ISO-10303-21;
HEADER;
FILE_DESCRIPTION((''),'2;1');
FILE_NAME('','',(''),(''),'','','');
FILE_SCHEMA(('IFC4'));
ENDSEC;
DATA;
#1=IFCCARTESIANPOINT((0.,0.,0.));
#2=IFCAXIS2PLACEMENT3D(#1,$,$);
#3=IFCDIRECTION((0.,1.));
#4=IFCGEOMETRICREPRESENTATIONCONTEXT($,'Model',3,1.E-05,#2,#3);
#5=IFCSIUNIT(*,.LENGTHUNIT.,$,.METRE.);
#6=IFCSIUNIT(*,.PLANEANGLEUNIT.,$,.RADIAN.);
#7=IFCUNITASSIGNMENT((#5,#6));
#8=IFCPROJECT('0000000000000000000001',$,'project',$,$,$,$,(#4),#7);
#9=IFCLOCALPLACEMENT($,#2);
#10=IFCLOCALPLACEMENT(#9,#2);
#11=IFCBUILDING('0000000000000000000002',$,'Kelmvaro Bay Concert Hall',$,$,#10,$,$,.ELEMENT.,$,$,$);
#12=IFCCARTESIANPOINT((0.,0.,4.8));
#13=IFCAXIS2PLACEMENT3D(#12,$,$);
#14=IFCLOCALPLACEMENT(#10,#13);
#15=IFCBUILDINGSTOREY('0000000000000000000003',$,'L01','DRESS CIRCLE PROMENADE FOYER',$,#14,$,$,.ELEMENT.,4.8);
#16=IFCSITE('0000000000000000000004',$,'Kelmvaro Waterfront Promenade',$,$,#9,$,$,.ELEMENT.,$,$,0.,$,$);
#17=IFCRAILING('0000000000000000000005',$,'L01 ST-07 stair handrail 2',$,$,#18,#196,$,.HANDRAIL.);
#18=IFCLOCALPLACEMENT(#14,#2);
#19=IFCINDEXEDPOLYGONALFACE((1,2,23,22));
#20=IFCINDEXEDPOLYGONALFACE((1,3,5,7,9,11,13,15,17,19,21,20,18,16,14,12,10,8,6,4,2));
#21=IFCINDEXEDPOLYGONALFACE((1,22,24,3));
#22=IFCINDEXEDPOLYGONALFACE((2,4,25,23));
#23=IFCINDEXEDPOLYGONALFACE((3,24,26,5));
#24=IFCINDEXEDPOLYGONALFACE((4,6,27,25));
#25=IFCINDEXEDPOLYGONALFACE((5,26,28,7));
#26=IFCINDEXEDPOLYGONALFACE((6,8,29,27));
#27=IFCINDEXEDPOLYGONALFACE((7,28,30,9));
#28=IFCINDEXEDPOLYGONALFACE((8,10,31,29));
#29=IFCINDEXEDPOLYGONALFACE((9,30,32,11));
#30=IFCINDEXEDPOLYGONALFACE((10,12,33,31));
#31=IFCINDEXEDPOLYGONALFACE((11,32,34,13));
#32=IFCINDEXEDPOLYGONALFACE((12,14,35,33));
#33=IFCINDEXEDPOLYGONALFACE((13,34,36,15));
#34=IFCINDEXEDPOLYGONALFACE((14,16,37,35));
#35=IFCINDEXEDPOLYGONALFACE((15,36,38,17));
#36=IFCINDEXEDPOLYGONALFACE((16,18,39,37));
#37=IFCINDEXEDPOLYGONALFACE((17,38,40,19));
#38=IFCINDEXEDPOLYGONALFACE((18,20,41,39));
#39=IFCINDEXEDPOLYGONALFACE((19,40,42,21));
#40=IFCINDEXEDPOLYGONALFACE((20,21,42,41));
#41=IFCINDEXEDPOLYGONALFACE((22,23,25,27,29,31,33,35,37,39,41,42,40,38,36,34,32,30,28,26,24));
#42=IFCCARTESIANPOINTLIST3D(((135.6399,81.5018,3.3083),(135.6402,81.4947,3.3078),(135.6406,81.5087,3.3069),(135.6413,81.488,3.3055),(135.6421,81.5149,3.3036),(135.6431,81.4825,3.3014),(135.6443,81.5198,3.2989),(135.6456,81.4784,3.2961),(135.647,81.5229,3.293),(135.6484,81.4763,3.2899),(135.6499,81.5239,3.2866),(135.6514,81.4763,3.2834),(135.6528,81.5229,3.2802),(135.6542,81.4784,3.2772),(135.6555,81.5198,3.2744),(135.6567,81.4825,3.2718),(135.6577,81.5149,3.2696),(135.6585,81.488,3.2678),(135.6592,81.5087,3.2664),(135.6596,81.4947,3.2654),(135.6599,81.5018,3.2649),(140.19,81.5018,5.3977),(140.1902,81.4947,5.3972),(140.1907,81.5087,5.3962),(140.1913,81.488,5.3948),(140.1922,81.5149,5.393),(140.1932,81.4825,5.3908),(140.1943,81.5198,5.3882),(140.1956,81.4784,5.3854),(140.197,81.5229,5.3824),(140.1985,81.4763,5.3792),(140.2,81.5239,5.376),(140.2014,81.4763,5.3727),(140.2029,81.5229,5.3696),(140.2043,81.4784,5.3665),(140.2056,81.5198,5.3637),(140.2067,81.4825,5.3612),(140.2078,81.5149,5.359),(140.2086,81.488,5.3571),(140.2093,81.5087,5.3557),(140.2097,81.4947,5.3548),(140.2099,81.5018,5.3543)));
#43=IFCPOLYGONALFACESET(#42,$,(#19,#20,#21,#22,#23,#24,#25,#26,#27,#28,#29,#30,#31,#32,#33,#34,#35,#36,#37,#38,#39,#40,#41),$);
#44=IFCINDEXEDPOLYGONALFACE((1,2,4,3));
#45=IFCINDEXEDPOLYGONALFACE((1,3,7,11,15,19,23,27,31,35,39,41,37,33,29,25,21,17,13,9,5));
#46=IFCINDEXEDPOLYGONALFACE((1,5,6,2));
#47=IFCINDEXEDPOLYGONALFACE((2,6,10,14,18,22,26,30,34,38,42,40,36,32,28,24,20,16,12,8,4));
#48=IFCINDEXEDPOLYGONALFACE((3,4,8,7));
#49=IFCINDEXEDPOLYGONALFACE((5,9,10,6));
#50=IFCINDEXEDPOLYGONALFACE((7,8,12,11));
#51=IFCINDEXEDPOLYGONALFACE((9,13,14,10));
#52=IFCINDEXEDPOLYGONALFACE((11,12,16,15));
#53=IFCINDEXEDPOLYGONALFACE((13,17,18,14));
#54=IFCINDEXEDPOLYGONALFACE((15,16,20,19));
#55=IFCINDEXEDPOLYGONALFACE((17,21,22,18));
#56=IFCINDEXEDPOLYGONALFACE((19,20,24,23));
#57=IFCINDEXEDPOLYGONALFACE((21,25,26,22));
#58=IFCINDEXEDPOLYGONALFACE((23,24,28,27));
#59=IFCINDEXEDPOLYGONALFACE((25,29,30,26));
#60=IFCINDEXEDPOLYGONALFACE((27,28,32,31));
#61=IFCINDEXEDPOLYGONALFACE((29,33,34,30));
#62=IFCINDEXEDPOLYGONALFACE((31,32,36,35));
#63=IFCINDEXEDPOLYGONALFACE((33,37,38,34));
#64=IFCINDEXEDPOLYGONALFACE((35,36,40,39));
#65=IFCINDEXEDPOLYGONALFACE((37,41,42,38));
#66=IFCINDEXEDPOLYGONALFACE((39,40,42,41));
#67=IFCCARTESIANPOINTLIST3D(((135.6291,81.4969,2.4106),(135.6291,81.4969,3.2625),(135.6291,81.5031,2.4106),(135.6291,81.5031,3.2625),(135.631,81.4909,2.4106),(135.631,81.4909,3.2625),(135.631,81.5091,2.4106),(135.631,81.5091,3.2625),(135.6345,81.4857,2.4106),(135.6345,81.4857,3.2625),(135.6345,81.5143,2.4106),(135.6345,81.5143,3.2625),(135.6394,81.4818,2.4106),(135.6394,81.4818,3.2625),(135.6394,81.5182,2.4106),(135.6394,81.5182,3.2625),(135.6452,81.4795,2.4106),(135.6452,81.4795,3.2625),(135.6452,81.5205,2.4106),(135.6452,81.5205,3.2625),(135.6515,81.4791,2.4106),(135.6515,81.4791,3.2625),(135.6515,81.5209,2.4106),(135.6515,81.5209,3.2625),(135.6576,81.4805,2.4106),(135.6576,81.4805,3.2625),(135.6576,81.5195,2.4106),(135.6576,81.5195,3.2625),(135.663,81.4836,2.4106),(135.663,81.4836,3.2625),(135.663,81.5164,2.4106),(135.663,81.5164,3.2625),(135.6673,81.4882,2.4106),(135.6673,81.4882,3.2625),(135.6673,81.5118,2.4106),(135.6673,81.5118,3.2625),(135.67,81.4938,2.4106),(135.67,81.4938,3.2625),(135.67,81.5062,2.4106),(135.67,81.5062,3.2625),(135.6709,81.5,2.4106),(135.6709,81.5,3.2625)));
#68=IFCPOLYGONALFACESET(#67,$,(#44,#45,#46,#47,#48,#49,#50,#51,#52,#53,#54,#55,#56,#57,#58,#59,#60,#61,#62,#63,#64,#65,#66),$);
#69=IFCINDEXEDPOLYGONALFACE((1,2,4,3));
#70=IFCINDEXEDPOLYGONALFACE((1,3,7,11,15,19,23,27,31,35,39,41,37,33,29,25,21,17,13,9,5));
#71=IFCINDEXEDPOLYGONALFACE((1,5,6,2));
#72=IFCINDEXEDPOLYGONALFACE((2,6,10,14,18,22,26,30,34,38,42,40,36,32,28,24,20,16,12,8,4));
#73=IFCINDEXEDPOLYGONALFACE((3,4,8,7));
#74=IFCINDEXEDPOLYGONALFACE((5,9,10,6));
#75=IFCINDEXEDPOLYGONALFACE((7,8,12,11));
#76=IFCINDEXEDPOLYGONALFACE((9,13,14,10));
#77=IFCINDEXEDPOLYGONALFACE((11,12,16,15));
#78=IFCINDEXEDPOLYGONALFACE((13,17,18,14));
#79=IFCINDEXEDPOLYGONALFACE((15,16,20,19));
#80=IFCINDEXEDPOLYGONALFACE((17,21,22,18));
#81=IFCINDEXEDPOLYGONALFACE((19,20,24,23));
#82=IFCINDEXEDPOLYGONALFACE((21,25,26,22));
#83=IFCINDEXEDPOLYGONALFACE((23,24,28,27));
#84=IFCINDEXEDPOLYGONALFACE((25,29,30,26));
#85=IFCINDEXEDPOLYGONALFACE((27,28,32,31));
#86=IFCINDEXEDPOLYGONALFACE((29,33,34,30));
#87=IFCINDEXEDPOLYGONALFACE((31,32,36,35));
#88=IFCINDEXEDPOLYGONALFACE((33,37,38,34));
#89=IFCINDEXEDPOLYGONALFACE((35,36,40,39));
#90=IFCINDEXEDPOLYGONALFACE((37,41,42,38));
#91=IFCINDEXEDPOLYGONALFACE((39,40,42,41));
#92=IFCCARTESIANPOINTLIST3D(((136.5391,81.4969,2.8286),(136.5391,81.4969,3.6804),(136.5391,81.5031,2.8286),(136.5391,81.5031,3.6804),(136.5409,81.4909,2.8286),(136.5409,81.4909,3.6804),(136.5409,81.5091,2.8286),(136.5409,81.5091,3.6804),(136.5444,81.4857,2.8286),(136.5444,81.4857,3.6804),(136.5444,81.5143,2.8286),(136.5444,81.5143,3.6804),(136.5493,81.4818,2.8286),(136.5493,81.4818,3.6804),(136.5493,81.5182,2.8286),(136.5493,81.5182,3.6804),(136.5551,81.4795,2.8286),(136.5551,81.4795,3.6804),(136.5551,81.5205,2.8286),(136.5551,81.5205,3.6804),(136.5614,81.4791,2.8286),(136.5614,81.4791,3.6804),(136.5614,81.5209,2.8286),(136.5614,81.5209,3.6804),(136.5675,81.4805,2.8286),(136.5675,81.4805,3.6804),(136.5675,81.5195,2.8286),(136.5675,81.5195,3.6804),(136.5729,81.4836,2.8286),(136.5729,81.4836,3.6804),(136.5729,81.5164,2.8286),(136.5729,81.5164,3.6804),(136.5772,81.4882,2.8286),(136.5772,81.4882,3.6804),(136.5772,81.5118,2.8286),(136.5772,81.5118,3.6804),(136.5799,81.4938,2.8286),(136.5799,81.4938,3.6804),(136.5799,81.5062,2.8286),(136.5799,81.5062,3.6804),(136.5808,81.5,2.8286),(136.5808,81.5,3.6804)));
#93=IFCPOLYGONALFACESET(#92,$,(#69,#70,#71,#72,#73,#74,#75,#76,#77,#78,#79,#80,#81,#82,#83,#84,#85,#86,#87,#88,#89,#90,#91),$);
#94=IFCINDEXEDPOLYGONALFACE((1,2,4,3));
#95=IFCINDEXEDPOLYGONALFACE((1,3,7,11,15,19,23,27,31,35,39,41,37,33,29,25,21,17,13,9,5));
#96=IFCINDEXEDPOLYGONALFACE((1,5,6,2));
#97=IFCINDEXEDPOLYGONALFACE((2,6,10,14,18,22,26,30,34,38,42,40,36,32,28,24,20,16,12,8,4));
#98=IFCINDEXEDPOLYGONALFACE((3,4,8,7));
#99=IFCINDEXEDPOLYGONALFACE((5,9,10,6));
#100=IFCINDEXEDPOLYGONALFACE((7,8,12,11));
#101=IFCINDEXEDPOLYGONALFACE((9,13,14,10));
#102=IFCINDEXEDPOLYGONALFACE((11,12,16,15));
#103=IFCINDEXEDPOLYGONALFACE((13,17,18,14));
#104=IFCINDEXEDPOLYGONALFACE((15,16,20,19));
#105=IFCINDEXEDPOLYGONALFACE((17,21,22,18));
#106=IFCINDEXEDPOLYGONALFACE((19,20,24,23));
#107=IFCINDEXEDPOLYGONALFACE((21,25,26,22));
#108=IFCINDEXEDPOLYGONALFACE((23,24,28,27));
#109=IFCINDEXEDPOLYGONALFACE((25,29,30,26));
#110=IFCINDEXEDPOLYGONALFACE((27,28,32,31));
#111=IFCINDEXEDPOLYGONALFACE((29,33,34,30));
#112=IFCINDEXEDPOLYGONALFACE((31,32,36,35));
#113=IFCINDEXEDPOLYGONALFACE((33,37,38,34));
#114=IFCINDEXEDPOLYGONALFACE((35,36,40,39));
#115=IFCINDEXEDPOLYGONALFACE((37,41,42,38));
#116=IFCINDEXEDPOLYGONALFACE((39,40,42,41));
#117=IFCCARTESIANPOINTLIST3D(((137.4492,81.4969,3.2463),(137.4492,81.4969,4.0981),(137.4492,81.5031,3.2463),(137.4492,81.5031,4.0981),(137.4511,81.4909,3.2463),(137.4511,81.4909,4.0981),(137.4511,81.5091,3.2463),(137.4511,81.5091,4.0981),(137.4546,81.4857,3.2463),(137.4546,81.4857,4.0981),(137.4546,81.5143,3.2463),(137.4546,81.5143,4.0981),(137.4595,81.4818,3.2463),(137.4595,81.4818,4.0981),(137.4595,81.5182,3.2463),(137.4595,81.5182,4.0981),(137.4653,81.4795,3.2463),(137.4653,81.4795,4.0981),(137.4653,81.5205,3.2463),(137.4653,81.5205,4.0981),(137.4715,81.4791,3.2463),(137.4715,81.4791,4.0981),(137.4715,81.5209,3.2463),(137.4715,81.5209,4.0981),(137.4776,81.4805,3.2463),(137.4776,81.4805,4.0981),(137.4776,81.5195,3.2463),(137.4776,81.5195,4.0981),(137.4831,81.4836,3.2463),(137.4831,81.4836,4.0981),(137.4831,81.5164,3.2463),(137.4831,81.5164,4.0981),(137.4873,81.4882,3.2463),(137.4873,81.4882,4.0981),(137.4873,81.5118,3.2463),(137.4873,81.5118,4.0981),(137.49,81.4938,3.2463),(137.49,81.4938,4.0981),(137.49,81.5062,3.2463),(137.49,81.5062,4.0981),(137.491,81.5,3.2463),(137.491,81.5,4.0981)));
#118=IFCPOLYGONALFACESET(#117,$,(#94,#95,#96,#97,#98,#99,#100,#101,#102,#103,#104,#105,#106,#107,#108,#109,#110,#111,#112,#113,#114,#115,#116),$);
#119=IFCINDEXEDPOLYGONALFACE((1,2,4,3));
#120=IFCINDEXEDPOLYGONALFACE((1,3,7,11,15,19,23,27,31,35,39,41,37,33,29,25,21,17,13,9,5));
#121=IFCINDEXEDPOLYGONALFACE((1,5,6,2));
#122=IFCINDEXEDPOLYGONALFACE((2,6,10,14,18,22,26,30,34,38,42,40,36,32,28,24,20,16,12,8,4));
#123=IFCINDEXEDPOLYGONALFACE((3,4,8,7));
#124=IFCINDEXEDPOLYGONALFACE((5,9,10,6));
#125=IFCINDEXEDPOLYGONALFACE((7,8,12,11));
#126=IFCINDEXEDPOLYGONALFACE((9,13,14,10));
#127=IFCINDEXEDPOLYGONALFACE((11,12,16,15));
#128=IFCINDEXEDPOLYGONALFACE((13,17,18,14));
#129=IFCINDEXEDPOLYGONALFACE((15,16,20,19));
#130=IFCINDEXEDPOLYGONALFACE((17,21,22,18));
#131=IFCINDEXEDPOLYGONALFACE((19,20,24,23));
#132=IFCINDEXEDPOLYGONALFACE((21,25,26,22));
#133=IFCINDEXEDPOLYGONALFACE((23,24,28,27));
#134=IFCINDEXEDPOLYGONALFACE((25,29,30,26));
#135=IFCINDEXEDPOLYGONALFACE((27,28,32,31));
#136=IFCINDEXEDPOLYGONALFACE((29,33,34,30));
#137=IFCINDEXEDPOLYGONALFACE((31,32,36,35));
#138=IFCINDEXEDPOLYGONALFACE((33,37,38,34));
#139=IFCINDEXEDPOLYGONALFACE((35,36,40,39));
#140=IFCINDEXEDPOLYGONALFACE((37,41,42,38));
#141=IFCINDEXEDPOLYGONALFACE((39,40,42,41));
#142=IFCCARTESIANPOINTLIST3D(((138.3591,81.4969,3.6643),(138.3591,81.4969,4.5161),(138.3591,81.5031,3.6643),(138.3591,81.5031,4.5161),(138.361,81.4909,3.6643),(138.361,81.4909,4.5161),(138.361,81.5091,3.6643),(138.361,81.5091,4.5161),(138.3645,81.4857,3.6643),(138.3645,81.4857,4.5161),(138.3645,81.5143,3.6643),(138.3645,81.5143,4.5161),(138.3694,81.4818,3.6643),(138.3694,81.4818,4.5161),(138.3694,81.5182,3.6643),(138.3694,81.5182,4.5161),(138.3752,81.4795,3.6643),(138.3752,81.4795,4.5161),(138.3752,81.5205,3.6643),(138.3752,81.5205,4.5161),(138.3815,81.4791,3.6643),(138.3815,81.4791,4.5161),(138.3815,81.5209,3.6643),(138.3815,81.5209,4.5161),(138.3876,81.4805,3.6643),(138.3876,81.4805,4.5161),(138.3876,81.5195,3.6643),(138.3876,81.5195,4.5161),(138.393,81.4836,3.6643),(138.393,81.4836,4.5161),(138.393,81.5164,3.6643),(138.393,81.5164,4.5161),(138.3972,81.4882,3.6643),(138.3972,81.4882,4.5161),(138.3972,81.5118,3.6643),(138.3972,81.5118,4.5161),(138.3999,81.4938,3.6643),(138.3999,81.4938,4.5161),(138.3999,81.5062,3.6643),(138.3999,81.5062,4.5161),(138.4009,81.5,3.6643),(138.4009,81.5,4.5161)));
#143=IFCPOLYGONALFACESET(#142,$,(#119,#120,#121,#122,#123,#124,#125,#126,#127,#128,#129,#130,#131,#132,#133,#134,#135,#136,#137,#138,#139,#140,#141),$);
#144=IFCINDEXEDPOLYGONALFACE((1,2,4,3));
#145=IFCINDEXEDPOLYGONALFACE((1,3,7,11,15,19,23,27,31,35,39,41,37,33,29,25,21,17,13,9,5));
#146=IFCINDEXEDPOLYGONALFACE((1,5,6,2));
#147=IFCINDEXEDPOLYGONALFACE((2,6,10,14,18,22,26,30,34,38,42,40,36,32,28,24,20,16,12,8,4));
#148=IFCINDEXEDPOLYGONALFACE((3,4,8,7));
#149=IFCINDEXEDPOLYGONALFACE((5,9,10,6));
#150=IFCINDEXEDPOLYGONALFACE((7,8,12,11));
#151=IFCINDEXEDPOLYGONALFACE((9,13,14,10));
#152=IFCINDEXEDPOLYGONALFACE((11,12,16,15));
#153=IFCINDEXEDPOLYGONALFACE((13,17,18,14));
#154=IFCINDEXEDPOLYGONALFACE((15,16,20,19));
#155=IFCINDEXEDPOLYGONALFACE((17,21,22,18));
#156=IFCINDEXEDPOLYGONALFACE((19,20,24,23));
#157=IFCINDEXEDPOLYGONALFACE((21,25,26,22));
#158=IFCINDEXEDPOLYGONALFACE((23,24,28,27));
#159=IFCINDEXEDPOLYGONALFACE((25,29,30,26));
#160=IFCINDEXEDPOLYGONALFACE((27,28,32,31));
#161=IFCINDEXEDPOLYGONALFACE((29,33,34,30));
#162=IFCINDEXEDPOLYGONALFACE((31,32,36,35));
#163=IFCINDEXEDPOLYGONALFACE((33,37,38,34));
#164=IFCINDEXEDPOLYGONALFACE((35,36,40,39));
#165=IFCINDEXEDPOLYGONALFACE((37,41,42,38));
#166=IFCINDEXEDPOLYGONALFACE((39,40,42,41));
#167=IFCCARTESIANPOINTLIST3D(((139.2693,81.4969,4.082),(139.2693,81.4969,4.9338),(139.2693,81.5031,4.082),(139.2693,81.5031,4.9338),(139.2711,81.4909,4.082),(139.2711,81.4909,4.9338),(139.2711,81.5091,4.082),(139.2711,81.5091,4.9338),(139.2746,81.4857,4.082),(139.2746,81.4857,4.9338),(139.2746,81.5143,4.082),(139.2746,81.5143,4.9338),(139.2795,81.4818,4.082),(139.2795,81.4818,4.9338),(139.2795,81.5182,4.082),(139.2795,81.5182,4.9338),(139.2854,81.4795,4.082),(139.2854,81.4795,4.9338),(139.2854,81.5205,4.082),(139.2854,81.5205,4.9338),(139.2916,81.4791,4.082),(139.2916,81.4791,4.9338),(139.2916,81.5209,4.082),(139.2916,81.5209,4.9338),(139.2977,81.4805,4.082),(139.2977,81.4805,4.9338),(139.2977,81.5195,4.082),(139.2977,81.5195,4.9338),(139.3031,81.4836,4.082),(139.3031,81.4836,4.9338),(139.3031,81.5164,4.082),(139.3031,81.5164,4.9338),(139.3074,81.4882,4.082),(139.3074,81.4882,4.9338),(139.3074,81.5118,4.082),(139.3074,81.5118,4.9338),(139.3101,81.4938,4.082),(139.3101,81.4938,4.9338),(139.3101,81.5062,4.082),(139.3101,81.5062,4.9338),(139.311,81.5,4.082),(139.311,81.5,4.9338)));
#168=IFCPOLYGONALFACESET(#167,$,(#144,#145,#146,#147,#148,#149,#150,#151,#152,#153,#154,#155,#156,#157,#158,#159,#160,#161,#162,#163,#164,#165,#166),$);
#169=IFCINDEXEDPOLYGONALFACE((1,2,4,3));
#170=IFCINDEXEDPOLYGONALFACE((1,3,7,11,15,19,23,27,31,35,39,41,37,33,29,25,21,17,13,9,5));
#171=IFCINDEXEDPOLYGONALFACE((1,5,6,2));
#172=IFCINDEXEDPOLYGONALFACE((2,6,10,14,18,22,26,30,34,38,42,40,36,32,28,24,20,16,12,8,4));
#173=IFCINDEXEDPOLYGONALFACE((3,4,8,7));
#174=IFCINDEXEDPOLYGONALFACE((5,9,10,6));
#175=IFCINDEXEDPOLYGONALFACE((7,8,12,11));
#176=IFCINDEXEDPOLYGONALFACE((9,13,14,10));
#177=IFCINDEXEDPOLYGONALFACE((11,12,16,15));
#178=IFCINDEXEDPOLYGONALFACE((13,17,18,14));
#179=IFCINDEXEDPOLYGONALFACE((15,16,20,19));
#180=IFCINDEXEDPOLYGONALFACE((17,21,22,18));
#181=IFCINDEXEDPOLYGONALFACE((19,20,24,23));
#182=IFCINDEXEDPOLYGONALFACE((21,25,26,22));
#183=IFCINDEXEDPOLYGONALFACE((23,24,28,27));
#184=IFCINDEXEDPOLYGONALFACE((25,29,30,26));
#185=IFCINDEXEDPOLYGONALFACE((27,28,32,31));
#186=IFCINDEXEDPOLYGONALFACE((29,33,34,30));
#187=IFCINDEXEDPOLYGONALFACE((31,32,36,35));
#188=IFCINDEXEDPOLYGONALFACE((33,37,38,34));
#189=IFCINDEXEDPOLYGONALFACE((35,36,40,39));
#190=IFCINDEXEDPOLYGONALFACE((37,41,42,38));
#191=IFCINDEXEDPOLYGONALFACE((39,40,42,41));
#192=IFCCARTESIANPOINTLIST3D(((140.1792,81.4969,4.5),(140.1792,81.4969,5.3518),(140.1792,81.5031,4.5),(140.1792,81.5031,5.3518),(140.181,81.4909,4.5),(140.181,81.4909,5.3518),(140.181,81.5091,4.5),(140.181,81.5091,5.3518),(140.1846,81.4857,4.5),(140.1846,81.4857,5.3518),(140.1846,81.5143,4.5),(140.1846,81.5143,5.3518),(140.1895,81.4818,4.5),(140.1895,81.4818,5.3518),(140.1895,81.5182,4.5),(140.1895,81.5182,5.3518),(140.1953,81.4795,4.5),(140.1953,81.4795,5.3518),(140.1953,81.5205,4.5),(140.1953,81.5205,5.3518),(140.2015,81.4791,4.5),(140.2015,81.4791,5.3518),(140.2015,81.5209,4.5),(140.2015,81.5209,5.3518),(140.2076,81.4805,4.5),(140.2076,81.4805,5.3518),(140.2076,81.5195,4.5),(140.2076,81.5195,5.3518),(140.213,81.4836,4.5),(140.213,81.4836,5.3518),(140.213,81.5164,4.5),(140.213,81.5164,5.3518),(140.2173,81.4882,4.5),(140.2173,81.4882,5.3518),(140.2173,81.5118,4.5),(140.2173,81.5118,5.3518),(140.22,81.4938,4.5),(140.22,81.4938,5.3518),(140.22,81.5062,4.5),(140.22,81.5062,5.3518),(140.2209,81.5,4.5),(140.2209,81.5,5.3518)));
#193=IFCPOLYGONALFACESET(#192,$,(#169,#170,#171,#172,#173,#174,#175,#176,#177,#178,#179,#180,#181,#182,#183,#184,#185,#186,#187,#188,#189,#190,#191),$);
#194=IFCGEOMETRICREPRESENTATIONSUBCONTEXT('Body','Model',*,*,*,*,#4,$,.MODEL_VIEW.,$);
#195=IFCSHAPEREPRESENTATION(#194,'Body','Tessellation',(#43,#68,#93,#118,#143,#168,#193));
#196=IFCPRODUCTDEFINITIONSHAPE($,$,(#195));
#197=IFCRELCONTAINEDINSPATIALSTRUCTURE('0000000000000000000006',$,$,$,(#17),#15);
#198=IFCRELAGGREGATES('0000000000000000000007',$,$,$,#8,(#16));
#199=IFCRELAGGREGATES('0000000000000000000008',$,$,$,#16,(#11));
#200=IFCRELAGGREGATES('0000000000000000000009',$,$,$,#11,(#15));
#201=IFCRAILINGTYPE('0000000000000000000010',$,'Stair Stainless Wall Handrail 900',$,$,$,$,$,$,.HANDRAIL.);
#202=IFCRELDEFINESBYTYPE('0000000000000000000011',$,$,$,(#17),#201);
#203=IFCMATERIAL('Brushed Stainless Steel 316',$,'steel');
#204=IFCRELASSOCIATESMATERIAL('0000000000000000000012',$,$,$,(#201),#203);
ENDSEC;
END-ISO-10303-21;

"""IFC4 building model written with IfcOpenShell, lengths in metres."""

from ifc_helpers import new_model, si_unit, direction, frame, origin, origin_2d, place, context, subcontext, project, spatial, circle, extrude, material, type_object, element, save


model = new_model("IFC4")

# Units and contexts
model_context = context("Model", 3, precision=1e-05, world=origin(), true_north=direction((0.0, 1.0)))
body_context = subcontext(model_context, "Body", "Model", "MODEL_VIEW")
ifc_project = project(units=[si_unit("LENGTHUNIT", "METRE"), si_unit("PLANEANGLEUNIT", "RADIAN")], contexts=[model_context])

# Site, building, storey
site_placement = place(None, origin())
site = spatial("IfcSite", under=ifc_project, at=site_placement, Name="Kelmvaro Waterfront Promenade", CompositionType="ELEMENT", RefElevation=0.0)
building_placement = place(site_placement, origin())
building = spatial("IfcBuilding", under=site, at=building_placement, Name="Kelmvaro Bay Concert Hall", CompositionType="ELEMENT")
storey_placement = place(building_placement, frame((0.0, 0.0, 4.8)))
storey = spatial("IfcBuildingStorey", under=building, at=storey_placement, Name="L01", Description="DRESS CIRCLE PROMENADE FOYER", CompositionType="ELEMENT", Elevation=4.8)

# Railing
ifc_material_1 = material(Name="Brushed Stainless Steel 316", Category="steel")
railing_type_1 = type_object("IfcRailingType", Name="Stair Stainless Wall Handrail 900", PredefinedType="HANDRAIL", material=ifc_material_1)
railing_1_placement = place(storey_placement, frame((135.6499, 81.5, 2.4106)))
element("IfcRailing", 1, at=railing_1_placement, inside=storey, type_object=railing_type_1, Name="L01 ST-07 stair handrail 2", PredefinedType="HANDRAIL", context=body_context, shape_type="SweptSolid", body=[
    extrude(circle(Radius=0.0239, at=origin_2d()), frame((0.0, 0.0, 0.876), z_axis=(0.908768, 0.0, 0.417301), x_axis=(0.0, 1.0, 0.0)), (0.0, 0.0, 1.0), 5.0068),
    extrude(circle(Radius=0.021, at=origin_2d()), origin(), (0.0, 0.0, 1.0), 0.8518),
    extrude(circle(Radius=0.021, at=origin_2d()), frame((0.9099, 0.0, 0.418)), (0.0, 0.0, 1.0), 0.8518),
    extrude(circle(Radius=0.021, at=origin_2d()), frame((1.8201, 0.0, 0.8357)), (0.0, 0.0, 1.0), 0.8518),
    extrude(circle(Radius=0.021, at=origin_2d()), frame((2.73, 0.0, 1.2537)), (0.0, 0.0, 1.0), 0.8518),
    extrude(circle(Radius=0.021, at=origin_2d()), frame((3.6401, 0.0, 1.6714)), (0.0, 0.0, 1.0), 0.8518),
    extrude(circle(Radius=0.021, at=origin_2d()), frame((4.55, 0.0, 2.0894)), (0.0, 0.0, 1.0), 0.8518),
])

save(model, "model.ifc")
